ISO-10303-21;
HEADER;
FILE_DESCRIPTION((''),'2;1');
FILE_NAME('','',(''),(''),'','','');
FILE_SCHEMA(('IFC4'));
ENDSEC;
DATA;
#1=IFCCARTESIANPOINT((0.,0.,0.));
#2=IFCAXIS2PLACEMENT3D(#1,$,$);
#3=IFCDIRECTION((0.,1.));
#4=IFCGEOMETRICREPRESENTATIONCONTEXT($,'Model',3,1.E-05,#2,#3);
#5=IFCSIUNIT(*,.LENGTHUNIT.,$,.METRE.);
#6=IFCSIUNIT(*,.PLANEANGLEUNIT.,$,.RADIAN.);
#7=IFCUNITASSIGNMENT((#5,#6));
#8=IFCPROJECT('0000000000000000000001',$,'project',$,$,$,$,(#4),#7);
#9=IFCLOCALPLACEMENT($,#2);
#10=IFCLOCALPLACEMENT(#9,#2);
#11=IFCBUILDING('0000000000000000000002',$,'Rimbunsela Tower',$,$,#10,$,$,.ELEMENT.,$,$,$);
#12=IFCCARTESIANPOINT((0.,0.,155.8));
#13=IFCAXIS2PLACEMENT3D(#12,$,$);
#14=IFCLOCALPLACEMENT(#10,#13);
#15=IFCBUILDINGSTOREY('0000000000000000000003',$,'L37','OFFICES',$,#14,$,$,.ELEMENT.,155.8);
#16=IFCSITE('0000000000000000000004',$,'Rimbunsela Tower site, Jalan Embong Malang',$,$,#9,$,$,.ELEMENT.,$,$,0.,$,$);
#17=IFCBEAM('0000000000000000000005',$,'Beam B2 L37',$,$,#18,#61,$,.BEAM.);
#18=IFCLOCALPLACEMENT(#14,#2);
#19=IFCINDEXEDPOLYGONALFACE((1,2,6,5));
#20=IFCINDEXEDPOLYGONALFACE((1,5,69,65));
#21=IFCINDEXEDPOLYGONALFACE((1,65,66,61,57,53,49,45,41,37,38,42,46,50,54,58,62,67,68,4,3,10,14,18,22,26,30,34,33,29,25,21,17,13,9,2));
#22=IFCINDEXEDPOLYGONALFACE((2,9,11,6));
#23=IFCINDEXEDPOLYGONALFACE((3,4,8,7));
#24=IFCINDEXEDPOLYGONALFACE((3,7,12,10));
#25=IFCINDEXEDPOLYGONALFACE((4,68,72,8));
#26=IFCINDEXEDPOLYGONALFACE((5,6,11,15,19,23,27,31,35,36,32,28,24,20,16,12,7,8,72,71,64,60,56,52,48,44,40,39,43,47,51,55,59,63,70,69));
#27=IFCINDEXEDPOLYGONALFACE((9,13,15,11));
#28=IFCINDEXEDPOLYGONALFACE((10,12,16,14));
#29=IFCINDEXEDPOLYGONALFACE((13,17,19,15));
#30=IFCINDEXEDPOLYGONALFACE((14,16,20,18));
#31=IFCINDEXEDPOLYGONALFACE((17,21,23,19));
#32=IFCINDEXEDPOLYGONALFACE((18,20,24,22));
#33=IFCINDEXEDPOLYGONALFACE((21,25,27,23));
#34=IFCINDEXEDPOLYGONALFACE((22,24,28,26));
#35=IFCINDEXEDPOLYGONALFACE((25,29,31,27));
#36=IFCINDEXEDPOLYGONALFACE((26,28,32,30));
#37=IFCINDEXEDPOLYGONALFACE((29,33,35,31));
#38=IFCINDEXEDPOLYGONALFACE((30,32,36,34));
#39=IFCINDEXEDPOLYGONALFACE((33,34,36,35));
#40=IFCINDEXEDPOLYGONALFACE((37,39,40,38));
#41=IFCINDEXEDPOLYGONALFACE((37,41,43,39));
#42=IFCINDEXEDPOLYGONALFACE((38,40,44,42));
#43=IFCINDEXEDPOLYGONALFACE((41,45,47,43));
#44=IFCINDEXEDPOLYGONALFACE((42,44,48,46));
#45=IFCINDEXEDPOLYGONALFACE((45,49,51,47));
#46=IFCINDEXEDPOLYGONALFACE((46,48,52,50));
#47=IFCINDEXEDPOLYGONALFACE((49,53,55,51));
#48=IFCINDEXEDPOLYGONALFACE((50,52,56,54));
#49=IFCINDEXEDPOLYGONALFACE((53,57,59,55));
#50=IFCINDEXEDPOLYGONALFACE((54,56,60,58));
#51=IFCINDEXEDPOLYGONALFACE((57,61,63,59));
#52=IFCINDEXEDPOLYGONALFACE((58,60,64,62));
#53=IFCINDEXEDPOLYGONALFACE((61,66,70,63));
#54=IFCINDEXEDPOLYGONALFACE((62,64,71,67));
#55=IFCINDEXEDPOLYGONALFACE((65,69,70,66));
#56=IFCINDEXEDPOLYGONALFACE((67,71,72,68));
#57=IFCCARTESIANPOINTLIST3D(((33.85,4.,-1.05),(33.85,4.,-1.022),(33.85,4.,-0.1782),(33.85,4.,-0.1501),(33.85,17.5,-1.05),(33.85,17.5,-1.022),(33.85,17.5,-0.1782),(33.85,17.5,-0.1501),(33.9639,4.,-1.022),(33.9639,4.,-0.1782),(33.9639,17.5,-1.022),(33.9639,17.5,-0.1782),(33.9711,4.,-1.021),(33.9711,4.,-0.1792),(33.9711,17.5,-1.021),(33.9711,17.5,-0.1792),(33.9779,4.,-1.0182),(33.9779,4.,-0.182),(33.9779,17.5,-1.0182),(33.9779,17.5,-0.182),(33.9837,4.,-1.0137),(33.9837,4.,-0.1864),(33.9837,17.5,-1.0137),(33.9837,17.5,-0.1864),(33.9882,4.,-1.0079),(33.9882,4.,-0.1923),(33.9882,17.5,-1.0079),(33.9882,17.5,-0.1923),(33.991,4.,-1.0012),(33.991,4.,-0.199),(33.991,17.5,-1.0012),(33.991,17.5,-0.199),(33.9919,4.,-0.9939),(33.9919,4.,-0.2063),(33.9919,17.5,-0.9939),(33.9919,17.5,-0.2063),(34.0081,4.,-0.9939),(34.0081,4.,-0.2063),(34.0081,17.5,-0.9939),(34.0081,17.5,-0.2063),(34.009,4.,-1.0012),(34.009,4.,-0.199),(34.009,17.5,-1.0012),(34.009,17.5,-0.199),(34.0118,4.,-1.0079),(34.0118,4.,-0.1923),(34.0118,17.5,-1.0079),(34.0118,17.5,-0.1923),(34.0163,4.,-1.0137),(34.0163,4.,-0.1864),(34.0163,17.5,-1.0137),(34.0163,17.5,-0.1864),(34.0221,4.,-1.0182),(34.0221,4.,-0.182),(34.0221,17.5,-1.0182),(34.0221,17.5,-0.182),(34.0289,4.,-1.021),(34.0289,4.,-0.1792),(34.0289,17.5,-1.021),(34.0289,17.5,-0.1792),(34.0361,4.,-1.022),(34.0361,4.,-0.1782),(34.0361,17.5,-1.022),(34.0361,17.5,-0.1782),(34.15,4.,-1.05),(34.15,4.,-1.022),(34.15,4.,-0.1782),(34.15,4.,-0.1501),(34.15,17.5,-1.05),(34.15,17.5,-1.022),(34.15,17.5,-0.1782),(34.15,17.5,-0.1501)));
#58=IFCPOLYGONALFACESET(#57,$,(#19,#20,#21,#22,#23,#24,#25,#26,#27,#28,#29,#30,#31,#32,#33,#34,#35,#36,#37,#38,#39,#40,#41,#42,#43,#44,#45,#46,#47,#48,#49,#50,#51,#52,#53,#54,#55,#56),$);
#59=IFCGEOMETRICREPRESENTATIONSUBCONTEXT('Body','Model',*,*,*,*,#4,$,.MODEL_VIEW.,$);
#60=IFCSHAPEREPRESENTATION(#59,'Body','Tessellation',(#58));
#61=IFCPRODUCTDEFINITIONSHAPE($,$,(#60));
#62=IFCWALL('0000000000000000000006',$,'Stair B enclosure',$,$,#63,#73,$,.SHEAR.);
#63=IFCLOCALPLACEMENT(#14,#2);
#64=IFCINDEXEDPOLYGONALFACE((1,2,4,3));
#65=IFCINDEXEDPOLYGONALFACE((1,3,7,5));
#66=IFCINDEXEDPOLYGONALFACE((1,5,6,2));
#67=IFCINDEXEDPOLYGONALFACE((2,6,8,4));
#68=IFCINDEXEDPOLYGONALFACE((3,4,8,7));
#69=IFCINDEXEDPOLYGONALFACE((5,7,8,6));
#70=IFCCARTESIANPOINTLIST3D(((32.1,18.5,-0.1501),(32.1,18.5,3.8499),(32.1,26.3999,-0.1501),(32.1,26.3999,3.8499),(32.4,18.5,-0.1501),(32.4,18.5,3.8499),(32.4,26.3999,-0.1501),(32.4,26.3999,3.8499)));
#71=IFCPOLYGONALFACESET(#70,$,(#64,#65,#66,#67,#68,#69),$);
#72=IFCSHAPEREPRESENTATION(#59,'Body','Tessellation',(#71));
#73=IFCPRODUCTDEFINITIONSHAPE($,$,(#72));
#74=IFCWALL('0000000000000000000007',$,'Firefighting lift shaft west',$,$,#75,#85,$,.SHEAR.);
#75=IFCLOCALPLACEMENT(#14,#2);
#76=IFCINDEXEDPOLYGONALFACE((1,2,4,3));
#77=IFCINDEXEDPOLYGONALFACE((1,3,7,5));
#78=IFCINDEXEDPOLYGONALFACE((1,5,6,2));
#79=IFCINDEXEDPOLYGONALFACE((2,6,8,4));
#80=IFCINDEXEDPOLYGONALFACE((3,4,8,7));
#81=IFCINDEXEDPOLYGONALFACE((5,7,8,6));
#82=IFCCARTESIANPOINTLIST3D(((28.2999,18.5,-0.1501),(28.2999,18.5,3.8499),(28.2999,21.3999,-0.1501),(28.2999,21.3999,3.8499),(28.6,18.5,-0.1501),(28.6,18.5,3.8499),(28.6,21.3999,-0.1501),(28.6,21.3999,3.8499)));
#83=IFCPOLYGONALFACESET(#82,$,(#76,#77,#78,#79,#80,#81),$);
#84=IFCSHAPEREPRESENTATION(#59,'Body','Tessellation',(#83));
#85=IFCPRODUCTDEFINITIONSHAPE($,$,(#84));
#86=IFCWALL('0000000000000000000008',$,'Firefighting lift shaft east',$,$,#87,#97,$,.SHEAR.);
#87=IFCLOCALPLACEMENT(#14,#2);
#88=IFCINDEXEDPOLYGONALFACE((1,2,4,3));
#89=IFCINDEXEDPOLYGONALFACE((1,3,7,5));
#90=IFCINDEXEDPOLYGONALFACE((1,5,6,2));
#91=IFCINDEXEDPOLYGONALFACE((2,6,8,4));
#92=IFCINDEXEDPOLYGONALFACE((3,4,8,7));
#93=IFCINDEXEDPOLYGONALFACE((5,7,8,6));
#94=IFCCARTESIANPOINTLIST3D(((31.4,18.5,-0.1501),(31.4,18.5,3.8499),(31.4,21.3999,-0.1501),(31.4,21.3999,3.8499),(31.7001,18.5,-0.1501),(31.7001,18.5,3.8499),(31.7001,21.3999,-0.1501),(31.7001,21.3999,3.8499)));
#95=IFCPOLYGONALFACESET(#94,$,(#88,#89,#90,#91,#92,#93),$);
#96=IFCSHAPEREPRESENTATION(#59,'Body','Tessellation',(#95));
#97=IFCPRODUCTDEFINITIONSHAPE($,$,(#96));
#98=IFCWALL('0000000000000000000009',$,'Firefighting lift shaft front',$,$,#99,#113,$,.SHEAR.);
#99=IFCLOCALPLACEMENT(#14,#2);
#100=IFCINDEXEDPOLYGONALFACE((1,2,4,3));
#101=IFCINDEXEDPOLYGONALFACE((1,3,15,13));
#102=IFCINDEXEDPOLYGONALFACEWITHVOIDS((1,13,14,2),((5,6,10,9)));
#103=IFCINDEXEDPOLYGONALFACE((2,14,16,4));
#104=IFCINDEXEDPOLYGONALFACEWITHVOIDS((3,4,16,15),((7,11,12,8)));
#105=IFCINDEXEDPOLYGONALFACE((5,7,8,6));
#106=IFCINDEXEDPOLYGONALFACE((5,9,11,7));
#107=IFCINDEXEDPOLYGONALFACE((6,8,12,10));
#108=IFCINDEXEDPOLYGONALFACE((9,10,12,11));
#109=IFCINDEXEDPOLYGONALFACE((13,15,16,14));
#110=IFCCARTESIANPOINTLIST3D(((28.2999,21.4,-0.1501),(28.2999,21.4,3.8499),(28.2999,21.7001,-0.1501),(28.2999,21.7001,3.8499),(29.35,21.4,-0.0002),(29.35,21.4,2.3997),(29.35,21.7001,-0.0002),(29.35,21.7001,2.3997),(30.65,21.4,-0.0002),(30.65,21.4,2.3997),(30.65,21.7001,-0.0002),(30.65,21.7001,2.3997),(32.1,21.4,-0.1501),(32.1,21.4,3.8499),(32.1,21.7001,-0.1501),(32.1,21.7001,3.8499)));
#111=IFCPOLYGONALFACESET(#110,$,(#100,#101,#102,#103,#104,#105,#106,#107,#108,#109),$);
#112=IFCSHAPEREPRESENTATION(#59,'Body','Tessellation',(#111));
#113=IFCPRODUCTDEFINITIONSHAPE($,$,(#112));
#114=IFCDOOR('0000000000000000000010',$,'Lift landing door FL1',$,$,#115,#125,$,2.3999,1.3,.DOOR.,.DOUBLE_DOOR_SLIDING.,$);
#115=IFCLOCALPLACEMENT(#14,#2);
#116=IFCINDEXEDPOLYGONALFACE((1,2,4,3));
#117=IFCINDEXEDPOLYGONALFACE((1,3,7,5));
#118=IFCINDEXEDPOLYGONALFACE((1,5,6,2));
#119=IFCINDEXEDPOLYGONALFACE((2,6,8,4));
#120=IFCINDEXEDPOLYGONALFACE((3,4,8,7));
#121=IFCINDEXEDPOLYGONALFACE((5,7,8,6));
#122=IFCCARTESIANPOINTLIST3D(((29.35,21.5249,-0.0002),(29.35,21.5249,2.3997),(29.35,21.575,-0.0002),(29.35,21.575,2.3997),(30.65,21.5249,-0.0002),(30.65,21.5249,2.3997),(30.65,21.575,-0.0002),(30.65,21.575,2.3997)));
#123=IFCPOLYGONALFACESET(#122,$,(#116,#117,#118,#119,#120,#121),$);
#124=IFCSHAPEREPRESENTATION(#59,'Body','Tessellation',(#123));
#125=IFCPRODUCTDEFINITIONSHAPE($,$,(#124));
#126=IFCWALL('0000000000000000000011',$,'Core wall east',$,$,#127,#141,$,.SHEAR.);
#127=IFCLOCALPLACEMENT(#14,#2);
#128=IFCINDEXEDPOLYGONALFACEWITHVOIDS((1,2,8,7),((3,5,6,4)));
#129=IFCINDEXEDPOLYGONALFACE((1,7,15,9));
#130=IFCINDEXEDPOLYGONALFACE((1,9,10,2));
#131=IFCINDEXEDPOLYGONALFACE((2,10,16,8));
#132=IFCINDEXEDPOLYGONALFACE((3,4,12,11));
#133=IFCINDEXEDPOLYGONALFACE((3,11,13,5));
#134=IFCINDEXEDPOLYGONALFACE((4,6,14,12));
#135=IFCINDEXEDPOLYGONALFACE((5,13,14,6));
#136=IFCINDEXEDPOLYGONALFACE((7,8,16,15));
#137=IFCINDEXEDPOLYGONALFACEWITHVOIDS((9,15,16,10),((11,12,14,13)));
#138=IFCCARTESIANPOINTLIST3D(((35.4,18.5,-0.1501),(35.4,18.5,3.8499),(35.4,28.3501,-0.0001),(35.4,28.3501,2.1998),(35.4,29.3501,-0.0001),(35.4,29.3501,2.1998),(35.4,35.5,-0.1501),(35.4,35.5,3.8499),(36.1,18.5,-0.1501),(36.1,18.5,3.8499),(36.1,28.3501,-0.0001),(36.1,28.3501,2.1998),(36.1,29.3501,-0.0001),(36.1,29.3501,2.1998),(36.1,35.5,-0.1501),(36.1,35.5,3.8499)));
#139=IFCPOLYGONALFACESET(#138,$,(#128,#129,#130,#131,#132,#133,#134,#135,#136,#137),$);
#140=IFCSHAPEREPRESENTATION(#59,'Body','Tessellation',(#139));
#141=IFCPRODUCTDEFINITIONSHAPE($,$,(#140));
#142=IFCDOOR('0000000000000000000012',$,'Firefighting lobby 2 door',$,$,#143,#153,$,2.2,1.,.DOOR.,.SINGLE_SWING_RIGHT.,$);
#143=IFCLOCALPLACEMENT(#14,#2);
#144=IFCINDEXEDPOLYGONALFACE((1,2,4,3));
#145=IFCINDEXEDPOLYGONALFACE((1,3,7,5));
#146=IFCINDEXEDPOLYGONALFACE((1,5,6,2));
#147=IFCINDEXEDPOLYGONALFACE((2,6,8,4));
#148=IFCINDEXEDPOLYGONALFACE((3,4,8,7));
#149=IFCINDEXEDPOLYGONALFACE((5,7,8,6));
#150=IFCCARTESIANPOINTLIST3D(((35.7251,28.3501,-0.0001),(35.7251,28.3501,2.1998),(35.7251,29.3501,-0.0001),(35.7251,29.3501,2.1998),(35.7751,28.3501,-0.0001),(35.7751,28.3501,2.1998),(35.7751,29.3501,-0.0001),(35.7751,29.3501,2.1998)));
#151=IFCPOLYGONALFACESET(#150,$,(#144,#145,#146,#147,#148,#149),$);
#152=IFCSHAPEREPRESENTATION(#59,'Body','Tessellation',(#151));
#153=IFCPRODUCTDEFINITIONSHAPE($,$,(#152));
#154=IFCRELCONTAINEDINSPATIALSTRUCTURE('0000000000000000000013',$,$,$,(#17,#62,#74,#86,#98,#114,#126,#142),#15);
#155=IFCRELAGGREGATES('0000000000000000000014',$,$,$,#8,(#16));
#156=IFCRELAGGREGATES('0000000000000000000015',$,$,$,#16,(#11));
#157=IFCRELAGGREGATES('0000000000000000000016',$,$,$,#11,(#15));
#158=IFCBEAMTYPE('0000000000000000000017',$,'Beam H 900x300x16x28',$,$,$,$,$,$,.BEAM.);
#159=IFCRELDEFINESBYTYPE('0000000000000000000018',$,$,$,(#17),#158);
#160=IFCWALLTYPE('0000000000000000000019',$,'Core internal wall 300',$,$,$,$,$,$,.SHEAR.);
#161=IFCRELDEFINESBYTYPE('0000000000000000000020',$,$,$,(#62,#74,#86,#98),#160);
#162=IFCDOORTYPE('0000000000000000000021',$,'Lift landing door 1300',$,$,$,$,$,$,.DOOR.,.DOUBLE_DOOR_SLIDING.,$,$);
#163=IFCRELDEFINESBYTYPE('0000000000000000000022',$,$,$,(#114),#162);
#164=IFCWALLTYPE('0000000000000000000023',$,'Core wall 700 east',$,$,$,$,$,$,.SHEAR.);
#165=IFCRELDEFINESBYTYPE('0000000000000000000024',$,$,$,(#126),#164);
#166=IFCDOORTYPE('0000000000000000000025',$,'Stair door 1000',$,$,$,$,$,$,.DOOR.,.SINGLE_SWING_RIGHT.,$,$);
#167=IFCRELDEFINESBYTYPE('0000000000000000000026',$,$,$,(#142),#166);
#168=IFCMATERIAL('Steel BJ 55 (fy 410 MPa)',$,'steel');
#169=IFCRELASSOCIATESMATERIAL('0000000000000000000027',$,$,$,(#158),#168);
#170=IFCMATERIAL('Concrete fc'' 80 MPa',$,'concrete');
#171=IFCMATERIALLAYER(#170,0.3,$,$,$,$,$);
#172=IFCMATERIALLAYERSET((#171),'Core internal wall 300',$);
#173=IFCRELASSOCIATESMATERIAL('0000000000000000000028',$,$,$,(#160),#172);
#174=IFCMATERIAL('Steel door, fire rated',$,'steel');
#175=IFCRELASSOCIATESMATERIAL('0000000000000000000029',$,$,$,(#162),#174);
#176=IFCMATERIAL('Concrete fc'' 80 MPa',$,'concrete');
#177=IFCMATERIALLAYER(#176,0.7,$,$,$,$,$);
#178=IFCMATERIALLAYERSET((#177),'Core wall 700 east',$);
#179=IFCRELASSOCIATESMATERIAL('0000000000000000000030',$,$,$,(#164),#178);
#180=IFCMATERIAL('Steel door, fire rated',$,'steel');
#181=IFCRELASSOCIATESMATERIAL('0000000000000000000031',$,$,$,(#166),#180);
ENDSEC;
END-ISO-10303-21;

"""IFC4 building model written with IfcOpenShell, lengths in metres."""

from ifc_helpers import new_model, si_unit, direction, frame, frame_2d, origin, origin_2d, place, context, subcontext, project, spatial, rectangle, i_section, extrude, material, layer, layer_set, material_profile, profile_set, type_object, element, fill, save


model = new_model("IFC4")

# Units and contexts
model_context = context("Model", 3, precision=1e-05, world=origin(), true_north=direction((0.0, 1.0)))
body_context = subcontext(model_context, "Body", "Model", "MODEL_VIEW")
ifc_project = project(units=[si_unit("LENGTHUNIT", "METRE"), si_unit("PLANEANGLEUNIT", "RADIAN")], contexts=[model_context])

# Site, building, storey
site_placement = place(None, origin())
site = spatial("IfcSite", under=ifc_project, at=site_placement, Name="Rimbunsela Tower site, Jalan Embong Malang", CompositionType="ELEMENT", RefElevation=0.0)
building_placement = place(site_placement, origin())
building = spatial("IfcBuilding", under=site, at=building_placement, Name="Rimbunsela Tower", CompositionType="ELEMENT")
storey_placement = place(building_placement, frame((0.0, 0.0, 155.8)))
storey = spatial("IfcBuildingStorey", under=building, at=storey_placement, Name="L37", Description="OFFICES", CompositionType="ELEMENT", Elevation=155.8)

# Beam
ifc_material_1 = material(Name="Steel BJ 55 (fy 410 MPa)", Category="steel")
ifc_material_profile_1 = material_profile(ifc_material_1, i_section(OverallWidth=0.3, OverallDepth=0.8999, WebThickness=0.0161, FlangeThickness=0.0281, FilletRadius=0.0281, at=origin_2d()), Name="H 900x300x16x28")
ifc_profile_set_1 = profile_set([ifc_material_profile_1], Name="Steel BJ 55 (fy 410 MPa)")
beam_type_1 = type_object("IfcBeamType", Name="Beam H 900x300x16x28", PredefinedType="BEAM", material=ifc_profile_set_1)
beam_1_placement = place(storey_placement, frame((34.0, 4.0, -0.6001), z_axis=(0.0, 1.0, 0.0), x_axis=(-1.0, 0.0, 0.0)))
element("IfcBeam", 1, at=beam_1_placement, inside=storey, type_object=beam_type_1, Name="Beam B2 L37", PredefinedType="BEAM", context=body_context, shape_type="SweptSolid", body=[
    extrude(i_section(OverallWidth=0.3, OverallDepth=0.8999, WebThickness=0.0161, FlangeThickness=0.0281, FilletRadius=0.0281, at=origin_2d()), origin(), (0.0, 0.0, 1.0), 13.5),
])

# Walls
ifc_material_2 = material(Name="Concrete fc' 80 MPa", Category="concrete")
ifc_layer_1 = layer(ifc_material_2, 0.3)
ifc_layer_set_1 = layer_set([ifc_layer_1], Name="Core internal wall 300")
wall_type_1 = type_object("IfcWallType", Name="Core internal wall 300", PredefinedType="SHEAR", material=ifc_layer_set_1)
wall_1_placement = place(storey_placement, frame((32.25, 18.5, -0.1501), z_axis=(0.0, 0.0, 1.0), x_axis=(0.0, 1.0, 0.0)))
element("IfcWall", 2, at=wall_1_placement, inside=storey, type_object=wall_type_1, Name="Stair B enclosure", PredefinedType="SHEAR", context=body_context, shape_type="SweptSolid", body=[
    extrude(rectangle(XDim=7.8999, YDim=0.3, at=frame_2d((3.95, 0.0))), origin(), (0.0, 0.0, 1.0), 4.0),
])
for number, where, z_axis, x_axis, name in (
    (3, (28.45, 18.5, -0.1501), (0.0, 0.0, 1.0), (0.0, 1.0, 0.0), "Firefighting lift shaft west"),
    (4, (31.55, 18.5, -0.1501), (0.0, 0.0, 1.0), (0.0, 1.0, 0.0), "Firefighting lift shaft east"),
):
    element("IfcWall", number, at=place(storey_placement, frame(where, z_axis=z_axis, x_axis=x_axis)), inside=storey, type_object=wall_type_1, Name=name, PredefinedType="SHEAR", context=body_context, shape_type="SweptSolid", body=[
        extrude(rectangle(XDim=2.8999, YDim=0.3, at=frame_2d((1.45, 0.0))), origin(), (0.0, 0.0, 1.0), 4.0),
    ])

# Walls, openings, doors
wall_2_placement = place(storey_placement, frame((28.3, 21.55, -0.1501), z_axis=(0.0, 0.0, 1.0), x_axis=(1.0, 0.0, 0.0)))
wall_2 = element("IfcWall", 5, at=wall_2_placement, inside=storey, type_object=wall_type_1, Name="Firefighting lift shaft front", PredefinedType="SHEAR", context=body_context, shape_type="SweptSolid", body=[
    extrude(rectangle(XDim=3.8, YDim=0.3, at=frame_2d((1.8999, 0.0))), origin(), (0.0, 0.0, 1.0), 4.0),
])
opening_1_placement = place(wall_2_placement, frame((1.05, 0.0, 0.1499)))
opening_1 = element("IfcOpeningElement", 6, at=opening_1_placement, cuts=wall_2, PredefinedType="OPENING", context=body_context, shape_type="SweptSolid", body=[
    extrude(rectangle(XDim=1.3, YDim=2.3999, at=frame_2d((0.6499, 1.2))), frame((0.0, 0.1599, 0.0), z_axis=(0.0, -1.0, 0.0), x_axis=(1.0, 0.0, 0.0)), (0.0, 0.0, 1.0), 0.3201),
])
ifc_material_3 = material(Name="Steel door, fire rated", Category="steel")
door_type_1 = type_object("IfcDoorType", Name="Lift landing door 1300", OperationType="DOUBLE_DOOR_SLIDING", PredefinedType="DOOR", material=ifc_material_3)
door_1_placement = place(opening_1_placement, origin())
door_1 = element("IfcDoor", 7, at=door_1_placement, inside=storey, type_object=door_type_1, Name="Lift landing door FL1", OperationType="DOUBLE_DOOR_SLIDING", OverallHeight=2.3999, OverallWidth=1.3, PredefinedType="DOOR", context=body_context, shape_type="SweptSolid", body=[
    extrude(rectangle(XDim=1.3, YDim=2.3999, at=frame_2d((0.6499, 1.2))), frame((0.0, 0.0249, 0.0), z_axis=(0.0, -1.0, 0.0), x_axis=(1.0, 0.0, 0.0)), (0.0, 0.0, 1.0), 0.05),
])
fill(opening_1, door_1)
ifc_material_4 = material(Name="Concrete fc' 80 MPa", Category="concrete")
ifc_layer_2 = layer(ifc_material_4, 0.7)
ifc_layer_set_2 = layer_set([ifc_layer_2], Name="Core wall 700 east")
wall_type_2 = type_object("IfcWallType", Name="Core wall 700 east", PredefinedType="SHEAR", material=ifc_layer_set_2)
wall_3_placement = place(storey_placement, frame((35.75, 18.5, -0.1501), z_axis=(0.0, 0.0, 1.0), x_axis=(0.0, 1.0, 0.0)))
wall_3 = element("IfcWall", 8, at=wall_3_placement, inside=storey, type_object=wall_type_2, Name="Core wall east", PredefinedType="SHEAR", context=body_context, shape_type="SweptSolid", body=[
    extrude(rectangle(XDim=17.0, YDim=0.7, at=frame_2d((8.5, 0.0))), origin(), (0.0, 0.0, 1.0), 4.0),
])
opening_2_placement = place(wall_3_placement, frame((9.8501, 0.0, 0.1499)))
opening_2 = element("IfcOpeningElement", 9, at=opening_2_placement, cuts=wall_3, PredefinedType="OPENING", context=body_context, shape_type="SweptSolid", body=[
    extrude(rectangle(XDim=1.0, YDim=2.2, at=frame_2d((0.5, 1.1001))), frame((0.0, 0.3599, 0.0), z_axis=(0.0, -1.0, 0.0), x_axis=(1.0, 0.0, 0.0)), (0.0, 0.0, 1.0), 0.72),
])
ifc_material_5 = material(Name="Steel door, fire rated", Category="steel")
door_type_2 = type_object("IfcDoorType", Name="Stair door 1000", OperationType="SINGLE_SWING_RIGHT", PredefinedType="DOOR", material=ifc_material_5)
door_2_placement = place(opening_2_placement, origin())
door_2 = element("IfcDoor", 10, at=door_2_placement, inside=storey, type_object=door_type_2, Name="Firefighting lobby 2 door", OperationType="SINGLE_SWING_RIGHT", OverallHeight=2.2, OverallWidth=1.0, PredefinedType="DOOR", context=body_context, shape_type="SweptSolid", body=[
    extrude(rectangle(XDim=1.0, YDim=2.2, at=frame_2d((0.5, 1.1001))), frame((0.0, 0.0249, 0.0), z_axis=(0.0, -1.0, 0.0), x_axis=(1.0, 0.0, 0.0)), (0.0, 0.0, 1.0), 0.05),
])
fill(opening_2, door_2)

save(model, "model.ifc")
